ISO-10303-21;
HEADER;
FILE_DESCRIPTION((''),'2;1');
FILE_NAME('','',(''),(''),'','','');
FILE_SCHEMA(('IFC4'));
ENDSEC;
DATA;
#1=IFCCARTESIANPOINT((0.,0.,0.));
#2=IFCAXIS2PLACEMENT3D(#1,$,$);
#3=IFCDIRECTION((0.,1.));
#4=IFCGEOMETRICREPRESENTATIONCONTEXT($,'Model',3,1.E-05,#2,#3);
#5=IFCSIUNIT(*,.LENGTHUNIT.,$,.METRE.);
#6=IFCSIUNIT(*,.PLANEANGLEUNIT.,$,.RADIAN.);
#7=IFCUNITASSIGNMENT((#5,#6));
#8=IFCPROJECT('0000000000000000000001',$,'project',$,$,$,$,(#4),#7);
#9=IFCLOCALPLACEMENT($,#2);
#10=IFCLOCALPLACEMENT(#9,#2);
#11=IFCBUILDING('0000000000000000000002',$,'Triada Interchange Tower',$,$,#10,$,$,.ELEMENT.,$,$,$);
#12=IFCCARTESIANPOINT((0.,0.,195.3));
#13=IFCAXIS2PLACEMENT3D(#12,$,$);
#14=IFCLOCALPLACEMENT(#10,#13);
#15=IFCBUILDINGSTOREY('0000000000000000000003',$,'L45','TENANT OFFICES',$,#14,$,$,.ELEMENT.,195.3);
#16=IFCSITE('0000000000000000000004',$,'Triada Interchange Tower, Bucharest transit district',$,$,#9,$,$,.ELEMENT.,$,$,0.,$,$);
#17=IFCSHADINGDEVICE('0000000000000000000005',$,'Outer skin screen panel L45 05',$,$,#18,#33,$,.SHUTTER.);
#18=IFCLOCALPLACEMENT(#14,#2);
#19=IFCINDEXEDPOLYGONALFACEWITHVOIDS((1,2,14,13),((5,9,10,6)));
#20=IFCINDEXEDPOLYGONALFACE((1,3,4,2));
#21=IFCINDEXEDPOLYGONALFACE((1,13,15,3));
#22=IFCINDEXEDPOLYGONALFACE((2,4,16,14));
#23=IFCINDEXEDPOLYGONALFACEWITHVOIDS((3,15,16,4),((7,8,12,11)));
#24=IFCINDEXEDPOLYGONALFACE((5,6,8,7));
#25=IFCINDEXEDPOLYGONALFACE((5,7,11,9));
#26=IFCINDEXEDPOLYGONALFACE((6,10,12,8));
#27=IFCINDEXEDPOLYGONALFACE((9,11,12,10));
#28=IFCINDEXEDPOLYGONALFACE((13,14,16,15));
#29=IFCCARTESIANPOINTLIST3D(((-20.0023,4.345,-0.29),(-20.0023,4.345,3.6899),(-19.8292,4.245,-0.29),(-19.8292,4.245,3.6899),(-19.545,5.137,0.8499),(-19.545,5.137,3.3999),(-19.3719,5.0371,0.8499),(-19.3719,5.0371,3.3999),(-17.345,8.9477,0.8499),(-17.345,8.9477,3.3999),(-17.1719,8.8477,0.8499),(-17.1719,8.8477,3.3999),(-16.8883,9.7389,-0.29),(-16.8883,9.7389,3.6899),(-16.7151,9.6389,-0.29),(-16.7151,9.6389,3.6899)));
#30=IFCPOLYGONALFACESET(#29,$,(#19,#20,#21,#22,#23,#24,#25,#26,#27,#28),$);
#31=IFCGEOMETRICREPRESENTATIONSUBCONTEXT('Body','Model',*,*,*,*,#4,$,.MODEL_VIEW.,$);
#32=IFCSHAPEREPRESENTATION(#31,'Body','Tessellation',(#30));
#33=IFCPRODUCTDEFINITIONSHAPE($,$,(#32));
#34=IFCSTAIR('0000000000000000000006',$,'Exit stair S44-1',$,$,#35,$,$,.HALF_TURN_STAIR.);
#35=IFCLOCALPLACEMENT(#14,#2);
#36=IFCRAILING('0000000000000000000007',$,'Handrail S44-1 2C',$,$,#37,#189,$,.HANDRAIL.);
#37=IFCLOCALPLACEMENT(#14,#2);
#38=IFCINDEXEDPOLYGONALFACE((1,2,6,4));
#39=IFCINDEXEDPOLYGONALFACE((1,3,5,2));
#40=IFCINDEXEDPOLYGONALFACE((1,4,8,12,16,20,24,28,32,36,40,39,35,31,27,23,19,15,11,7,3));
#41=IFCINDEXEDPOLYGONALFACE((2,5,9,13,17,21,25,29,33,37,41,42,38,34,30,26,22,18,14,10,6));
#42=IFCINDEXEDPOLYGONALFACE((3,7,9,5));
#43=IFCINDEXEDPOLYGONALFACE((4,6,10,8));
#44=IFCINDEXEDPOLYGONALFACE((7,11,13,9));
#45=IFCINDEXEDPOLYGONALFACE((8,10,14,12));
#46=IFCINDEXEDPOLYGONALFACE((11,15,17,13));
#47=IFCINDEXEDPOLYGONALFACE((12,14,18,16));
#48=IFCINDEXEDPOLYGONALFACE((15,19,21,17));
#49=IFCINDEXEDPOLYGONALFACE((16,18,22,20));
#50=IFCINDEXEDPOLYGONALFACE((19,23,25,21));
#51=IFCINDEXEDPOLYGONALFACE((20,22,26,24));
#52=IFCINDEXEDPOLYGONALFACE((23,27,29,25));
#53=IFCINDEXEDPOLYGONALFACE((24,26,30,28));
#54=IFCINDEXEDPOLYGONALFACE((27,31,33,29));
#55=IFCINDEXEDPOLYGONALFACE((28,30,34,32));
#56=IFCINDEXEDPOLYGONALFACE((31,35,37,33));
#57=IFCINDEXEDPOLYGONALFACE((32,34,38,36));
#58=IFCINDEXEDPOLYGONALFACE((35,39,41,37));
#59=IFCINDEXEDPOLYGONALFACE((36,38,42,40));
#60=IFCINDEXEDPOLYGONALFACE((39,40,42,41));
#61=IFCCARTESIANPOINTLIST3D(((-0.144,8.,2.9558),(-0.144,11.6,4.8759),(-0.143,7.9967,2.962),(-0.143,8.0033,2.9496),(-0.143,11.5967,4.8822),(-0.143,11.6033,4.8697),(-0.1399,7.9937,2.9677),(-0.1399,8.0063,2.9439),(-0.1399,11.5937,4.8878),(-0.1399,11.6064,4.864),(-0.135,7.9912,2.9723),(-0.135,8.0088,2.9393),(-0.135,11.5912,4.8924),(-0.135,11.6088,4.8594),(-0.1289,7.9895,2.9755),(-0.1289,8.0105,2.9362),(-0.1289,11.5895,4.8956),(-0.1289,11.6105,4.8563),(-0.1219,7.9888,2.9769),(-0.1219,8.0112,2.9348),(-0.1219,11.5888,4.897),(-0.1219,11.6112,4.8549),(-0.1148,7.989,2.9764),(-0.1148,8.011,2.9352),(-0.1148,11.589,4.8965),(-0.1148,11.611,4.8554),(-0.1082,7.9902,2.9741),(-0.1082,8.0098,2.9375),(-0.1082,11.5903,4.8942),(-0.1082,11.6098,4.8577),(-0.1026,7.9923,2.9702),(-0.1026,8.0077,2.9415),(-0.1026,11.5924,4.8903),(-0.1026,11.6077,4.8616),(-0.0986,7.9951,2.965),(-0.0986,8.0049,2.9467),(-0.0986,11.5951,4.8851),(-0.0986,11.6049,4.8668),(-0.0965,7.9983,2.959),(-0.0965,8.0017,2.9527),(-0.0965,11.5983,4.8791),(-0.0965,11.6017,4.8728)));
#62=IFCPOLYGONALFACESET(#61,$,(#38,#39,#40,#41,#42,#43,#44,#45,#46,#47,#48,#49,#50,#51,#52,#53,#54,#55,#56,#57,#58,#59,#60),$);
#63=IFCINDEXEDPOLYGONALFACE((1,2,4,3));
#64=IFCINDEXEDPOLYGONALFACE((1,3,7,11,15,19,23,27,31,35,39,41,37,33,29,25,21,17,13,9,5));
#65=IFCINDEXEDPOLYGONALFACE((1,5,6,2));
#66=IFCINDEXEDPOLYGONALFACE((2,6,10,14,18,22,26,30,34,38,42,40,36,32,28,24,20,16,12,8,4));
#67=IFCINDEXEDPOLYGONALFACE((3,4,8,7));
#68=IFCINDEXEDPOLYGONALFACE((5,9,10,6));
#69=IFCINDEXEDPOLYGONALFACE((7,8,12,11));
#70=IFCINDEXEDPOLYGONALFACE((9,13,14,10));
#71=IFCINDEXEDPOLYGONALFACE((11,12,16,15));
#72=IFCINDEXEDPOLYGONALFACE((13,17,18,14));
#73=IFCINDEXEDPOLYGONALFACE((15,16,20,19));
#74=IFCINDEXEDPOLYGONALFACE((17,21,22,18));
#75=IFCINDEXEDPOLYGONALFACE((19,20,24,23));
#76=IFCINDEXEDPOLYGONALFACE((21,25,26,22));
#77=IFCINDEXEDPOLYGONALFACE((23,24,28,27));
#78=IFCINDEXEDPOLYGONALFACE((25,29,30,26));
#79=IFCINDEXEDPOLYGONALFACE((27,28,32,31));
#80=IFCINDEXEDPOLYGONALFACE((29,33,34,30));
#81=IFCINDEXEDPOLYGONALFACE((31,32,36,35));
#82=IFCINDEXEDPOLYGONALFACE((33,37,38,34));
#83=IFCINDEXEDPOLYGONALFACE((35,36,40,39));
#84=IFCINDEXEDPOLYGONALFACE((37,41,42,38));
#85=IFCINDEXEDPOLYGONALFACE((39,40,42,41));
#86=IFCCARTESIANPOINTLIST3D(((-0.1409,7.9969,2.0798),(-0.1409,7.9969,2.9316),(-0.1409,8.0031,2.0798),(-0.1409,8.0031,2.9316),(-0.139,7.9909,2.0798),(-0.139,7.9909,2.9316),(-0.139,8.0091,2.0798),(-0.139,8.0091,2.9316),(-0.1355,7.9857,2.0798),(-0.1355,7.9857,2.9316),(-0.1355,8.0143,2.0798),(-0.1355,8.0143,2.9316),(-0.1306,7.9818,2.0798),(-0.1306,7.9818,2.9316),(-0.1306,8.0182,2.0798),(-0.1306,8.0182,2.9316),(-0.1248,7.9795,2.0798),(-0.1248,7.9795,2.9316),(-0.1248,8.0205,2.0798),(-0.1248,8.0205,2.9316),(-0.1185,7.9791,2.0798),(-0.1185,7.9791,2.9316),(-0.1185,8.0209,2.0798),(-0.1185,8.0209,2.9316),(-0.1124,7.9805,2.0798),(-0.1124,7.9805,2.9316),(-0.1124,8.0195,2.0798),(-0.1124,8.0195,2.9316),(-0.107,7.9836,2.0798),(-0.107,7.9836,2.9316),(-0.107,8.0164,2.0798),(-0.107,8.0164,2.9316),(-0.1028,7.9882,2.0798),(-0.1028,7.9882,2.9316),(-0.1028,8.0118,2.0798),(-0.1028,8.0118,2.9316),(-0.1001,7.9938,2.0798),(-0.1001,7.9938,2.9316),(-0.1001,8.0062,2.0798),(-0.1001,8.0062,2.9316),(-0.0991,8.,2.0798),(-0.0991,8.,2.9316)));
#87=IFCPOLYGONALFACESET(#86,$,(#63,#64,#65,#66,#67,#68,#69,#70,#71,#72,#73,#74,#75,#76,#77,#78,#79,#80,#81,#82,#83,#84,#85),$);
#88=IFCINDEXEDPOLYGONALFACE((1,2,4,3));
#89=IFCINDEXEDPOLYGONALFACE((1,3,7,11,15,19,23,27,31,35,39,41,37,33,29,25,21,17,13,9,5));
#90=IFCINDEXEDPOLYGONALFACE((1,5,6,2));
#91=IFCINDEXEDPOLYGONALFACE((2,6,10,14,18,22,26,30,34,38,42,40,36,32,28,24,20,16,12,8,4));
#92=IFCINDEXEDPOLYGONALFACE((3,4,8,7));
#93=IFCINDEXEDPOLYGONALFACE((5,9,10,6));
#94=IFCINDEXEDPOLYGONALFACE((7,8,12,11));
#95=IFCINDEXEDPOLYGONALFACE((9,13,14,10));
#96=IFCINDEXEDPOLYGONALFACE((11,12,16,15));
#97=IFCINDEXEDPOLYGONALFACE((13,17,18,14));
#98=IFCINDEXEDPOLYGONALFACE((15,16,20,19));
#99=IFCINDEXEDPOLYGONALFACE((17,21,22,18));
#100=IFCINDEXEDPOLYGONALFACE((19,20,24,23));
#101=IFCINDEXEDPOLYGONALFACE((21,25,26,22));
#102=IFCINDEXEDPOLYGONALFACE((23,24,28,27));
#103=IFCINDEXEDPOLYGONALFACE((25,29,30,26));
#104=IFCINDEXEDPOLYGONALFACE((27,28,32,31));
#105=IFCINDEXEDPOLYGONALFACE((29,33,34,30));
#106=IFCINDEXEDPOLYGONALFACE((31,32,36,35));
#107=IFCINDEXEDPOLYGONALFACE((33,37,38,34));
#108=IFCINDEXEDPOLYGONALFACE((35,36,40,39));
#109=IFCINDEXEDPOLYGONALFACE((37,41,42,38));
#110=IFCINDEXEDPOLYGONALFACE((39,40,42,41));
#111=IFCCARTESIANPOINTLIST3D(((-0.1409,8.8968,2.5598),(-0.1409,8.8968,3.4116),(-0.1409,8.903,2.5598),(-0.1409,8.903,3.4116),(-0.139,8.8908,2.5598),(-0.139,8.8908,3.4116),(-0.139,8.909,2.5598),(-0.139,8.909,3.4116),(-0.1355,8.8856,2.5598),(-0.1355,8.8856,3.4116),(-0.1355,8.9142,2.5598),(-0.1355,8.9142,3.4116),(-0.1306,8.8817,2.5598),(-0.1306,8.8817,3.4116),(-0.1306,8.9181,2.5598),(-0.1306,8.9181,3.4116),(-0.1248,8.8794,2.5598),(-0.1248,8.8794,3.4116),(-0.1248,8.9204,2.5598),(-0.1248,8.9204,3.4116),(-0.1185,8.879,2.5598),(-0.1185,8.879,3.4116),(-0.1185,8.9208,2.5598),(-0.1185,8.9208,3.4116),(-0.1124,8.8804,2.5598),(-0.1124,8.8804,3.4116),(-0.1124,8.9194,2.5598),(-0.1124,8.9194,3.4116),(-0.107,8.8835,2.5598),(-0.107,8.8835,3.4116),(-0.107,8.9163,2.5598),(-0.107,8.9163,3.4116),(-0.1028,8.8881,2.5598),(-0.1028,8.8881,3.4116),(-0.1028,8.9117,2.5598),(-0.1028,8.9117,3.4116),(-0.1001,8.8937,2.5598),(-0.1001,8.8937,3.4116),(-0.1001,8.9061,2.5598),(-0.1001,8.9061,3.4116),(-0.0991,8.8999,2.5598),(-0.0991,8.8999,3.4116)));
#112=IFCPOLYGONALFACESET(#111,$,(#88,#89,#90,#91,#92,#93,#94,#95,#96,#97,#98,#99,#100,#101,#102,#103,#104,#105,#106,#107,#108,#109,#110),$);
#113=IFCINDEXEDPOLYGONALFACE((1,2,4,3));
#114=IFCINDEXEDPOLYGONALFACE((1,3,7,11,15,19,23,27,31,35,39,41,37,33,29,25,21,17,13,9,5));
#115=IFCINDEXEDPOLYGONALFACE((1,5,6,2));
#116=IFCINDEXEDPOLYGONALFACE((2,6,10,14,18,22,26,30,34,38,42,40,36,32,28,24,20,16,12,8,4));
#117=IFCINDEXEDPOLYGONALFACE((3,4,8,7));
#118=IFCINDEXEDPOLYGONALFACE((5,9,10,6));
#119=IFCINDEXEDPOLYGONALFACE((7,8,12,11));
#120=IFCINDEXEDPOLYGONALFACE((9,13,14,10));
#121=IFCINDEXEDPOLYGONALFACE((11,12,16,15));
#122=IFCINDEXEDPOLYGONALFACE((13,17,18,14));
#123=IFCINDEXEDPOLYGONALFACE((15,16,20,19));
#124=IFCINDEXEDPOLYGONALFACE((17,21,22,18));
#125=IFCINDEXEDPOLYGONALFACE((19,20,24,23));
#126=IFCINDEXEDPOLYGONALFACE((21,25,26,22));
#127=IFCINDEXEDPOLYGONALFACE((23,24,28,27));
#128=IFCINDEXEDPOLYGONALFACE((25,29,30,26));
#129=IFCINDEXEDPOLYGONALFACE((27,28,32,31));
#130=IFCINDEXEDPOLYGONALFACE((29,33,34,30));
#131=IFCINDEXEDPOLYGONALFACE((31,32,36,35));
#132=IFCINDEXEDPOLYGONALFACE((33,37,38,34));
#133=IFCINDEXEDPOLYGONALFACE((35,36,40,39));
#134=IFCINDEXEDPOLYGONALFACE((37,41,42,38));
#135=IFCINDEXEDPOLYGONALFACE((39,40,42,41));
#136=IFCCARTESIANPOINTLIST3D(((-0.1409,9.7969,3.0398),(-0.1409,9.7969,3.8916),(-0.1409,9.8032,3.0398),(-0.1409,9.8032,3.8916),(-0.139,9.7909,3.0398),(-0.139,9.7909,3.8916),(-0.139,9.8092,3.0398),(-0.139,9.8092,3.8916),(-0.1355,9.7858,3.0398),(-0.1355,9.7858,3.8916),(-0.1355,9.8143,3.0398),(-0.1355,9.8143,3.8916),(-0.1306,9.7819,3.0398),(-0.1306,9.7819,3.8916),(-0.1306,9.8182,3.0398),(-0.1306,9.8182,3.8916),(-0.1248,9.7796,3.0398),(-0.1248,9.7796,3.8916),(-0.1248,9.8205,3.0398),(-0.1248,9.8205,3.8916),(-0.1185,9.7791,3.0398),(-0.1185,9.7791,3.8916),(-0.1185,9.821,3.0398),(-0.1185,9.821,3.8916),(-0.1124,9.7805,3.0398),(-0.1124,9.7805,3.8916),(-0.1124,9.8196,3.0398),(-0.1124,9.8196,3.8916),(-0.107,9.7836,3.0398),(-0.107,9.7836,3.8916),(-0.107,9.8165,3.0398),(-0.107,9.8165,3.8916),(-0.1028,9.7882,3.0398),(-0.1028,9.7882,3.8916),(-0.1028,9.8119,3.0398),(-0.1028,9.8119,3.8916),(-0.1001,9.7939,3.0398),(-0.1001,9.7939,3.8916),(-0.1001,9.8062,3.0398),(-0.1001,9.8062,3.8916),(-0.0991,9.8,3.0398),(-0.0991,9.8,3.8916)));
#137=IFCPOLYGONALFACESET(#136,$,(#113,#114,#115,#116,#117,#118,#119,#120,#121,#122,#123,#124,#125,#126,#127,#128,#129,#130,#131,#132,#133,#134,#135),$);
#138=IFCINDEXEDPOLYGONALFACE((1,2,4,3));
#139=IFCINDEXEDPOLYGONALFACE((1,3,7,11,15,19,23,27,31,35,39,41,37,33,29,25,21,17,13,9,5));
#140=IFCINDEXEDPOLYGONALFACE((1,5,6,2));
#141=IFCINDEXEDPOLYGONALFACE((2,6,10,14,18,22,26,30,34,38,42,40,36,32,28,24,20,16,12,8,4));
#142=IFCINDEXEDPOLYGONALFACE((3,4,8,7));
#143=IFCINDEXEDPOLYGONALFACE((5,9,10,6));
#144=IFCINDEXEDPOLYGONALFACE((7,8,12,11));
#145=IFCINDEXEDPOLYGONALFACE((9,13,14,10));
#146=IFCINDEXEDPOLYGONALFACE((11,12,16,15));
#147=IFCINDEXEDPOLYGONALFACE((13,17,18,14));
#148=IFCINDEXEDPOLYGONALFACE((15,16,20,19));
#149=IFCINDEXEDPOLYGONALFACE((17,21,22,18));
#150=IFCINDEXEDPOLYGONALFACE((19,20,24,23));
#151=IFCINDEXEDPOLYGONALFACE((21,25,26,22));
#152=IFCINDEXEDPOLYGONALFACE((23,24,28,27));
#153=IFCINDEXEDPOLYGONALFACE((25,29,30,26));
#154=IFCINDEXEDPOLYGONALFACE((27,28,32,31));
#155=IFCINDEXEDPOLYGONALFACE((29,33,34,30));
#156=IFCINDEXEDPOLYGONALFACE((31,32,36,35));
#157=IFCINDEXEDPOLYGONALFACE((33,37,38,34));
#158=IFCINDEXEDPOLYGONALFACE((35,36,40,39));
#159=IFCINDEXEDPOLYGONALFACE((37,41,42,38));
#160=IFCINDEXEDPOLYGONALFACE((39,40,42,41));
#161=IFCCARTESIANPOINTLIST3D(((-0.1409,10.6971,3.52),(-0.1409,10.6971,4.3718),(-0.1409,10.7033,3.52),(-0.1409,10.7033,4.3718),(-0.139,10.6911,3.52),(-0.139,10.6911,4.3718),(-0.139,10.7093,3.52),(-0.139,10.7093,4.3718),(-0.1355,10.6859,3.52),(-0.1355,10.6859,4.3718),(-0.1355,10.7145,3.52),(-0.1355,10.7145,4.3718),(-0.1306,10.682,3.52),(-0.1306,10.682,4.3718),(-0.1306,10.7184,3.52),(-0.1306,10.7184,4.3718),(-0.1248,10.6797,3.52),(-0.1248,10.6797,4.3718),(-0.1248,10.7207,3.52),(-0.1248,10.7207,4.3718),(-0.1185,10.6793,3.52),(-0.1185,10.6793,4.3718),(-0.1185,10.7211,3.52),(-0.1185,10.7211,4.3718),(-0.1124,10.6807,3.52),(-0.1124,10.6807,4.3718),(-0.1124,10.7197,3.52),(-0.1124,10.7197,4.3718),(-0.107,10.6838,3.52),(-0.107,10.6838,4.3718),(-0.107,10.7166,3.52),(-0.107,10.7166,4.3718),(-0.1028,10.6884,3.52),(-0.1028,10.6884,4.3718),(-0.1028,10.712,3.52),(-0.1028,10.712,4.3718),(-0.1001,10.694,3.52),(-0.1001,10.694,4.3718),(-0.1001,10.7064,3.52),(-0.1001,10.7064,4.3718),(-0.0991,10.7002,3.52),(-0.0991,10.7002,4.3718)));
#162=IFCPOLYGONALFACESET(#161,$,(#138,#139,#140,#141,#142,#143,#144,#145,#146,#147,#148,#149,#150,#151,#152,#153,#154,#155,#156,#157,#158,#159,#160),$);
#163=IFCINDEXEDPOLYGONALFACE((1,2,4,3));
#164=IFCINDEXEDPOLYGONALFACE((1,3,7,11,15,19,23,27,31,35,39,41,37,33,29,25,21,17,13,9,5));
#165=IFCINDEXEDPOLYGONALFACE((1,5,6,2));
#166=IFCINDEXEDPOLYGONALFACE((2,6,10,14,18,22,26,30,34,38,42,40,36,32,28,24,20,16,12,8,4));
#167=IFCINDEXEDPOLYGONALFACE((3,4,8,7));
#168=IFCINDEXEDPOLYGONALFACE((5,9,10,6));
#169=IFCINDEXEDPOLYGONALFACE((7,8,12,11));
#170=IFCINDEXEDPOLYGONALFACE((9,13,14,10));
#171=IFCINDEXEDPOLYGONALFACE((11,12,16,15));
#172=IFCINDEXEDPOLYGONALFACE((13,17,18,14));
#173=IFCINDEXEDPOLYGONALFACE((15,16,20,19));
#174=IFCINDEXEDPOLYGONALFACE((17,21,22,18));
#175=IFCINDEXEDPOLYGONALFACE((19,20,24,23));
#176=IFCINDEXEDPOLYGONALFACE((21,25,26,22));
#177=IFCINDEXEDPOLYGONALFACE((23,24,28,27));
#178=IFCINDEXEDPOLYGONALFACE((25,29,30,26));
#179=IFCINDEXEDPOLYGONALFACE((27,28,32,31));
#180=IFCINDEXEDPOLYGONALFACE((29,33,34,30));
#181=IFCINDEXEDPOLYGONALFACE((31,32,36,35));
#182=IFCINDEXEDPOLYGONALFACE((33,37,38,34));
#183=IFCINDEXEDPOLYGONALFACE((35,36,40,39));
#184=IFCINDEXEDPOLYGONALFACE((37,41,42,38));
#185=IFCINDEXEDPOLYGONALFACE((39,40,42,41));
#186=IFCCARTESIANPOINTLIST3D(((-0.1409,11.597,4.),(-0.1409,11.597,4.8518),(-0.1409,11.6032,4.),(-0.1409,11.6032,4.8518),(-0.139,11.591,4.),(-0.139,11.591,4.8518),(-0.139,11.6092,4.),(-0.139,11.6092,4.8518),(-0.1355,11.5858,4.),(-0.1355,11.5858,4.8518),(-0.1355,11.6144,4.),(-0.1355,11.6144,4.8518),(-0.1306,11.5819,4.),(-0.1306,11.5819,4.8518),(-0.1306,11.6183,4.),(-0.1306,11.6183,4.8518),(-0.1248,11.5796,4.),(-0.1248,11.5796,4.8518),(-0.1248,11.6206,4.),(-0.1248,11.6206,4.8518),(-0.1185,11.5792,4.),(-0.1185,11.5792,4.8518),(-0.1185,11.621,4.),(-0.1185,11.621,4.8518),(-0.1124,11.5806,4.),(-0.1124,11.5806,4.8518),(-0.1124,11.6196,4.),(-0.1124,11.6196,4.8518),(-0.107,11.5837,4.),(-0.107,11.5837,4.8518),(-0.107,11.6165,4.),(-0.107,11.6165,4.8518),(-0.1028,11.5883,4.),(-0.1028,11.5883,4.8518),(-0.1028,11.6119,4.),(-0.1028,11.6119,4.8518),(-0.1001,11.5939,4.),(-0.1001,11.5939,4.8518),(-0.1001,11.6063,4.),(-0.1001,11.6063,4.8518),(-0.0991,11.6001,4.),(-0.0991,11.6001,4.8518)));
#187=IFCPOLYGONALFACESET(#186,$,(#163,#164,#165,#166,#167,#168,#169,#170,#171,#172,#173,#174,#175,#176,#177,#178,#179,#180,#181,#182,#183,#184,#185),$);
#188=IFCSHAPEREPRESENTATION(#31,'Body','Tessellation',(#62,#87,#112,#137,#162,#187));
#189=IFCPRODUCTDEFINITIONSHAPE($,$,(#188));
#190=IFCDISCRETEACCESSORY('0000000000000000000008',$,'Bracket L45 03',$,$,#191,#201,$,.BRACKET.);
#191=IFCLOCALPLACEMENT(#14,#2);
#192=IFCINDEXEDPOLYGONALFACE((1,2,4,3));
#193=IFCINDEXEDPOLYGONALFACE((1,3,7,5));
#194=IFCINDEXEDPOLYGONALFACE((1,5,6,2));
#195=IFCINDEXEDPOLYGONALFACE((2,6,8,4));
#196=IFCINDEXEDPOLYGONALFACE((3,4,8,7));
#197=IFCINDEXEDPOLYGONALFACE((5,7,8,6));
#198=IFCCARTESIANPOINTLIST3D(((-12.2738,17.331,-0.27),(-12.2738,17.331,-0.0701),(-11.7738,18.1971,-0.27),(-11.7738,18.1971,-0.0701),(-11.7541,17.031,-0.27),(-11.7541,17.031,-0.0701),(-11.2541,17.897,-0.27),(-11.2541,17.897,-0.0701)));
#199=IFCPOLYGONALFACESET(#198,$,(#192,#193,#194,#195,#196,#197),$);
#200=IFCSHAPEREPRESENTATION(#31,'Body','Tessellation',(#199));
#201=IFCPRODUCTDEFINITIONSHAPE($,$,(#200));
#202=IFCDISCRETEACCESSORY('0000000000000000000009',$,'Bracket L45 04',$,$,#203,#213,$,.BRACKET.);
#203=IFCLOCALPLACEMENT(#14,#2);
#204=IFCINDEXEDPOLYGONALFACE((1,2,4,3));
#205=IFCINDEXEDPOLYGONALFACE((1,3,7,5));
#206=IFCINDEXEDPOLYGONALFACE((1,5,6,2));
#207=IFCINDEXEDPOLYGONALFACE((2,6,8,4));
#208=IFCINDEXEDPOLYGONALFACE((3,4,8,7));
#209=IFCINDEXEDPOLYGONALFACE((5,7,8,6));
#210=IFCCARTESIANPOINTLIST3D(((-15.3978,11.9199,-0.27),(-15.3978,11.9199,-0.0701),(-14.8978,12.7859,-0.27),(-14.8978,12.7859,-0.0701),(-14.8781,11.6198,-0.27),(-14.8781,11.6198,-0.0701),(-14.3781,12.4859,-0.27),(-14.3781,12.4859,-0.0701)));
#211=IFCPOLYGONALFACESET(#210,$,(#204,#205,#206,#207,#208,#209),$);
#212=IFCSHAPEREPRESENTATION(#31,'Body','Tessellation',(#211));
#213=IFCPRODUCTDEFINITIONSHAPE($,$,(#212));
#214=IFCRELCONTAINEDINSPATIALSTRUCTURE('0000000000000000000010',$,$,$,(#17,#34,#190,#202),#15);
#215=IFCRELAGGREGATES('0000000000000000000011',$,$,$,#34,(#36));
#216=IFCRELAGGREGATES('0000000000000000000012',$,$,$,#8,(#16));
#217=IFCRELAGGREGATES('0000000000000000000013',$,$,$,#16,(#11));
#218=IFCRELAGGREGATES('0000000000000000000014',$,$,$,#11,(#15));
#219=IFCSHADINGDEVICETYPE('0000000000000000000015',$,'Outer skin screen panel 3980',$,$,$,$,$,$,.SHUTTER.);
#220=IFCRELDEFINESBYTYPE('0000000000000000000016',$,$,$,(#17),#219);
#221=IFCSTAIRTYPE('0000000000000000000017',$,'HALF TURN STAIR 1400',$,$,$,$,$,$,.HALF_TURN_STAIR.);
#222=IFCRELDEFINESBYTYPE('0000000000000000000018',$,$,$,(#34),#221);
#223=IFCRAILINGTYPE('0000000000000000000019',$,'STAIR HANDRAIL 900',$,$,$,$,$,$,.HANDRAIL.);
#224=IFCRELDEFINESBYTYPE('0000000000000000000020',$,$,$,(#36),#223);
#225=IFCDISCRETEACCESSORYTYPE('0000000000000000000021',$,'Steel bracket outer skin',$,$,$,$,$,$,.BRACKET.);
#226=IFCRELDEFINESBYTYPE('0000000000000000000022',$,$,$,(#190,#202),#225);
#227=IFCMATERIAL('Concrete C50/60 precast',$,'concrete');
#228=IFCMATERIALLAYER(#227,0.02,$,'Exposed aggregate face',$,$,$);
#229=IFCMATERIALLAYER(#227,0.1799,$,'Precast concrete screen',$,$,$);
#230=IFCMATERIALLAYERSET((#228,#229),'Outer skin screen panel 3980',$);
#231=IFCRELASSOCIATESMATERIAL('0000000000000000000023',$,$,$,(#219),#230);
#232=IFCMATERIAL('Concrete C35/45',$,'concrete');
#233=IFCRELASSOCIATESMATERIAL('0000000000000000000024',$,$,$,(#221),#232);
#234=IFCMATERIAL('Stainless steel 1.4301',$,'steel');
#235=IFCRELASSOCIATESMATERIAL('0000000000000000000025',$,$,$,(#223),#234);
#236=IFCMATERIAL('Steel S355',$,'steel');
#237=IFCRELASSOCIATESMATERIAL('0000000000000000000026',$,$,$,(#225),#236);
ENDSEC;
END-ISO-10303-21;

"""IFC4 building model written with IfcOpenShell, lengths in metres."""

from ifc_helpers import new_model, si_unit, direction, frame, origin, origin_2d, place, context, subcontext, project, spatial, polyline, rectangle, circle, outline, extrude, material, layer, layer_set, type_object, element, aggregate, save


model = new_model("IFC4")

# Units and contexts
model_context = context("Model", 3, precision=1e-05, world=origin(), true_north=direction((0.0, 1.0)))
body_context = subcontext(model_context, "Body", "Model", "MODEL_VIEW")
ifc_project = project(units=[si_unit("LENGTHUNIT", "METRE"), si_unit("PLANEANGLEUNIT", "RADIAN")], contexts=[model_context])

# Site, building, storey
site_placement = place(None, origin())
site = spatial("IfcSite", under=ifc_project, at=site_placement, Name="Triada Interchange Tower, Bucharest transit district", CompositionType="ELEMENT", RefElevation=0.0)
building_placement = place(site_placement, origin())
building = spatial("IfcBuilding", under=site, at=building_placement, Name="Triada Interchange Tower", CompositionType="ELEMENT")
storey_placement = place(building_placement, frame((0.0, 0.0, 195.3)))
storey = spatial("IfcBuildingStorey", under=building, at=storey_placement, Name="L45", Description="TENANT OFFICES", CompositionType="ELEMENT", Elevation=195.3)

# Shading device
ifc_material_1 = material(Name="Concrete C50/60 precast", Category="concrete")
ifc_layer_1 = layer(ifc_material_1, 0.02, Name="Exposed aggregate face")
ifc_layer_2 = layer(ifc_material_1, 0.1799, Name="Precast concrete screen")
ifc_layer_set_1 = layer_set([ifc_layer_1, ifc_layer_2], Name="Outer skin screen panel 3980")
shading_device_type = type_object("IfcShadingDeviceType", Name="Outer skin screen panel 3980", PredefinedType="SHUTTER", material=ifc_layer_set_1)
shading_device_1_placement = place(storey_placement, frame((-16.7151, 9.6389, -0.29), z_axis=(0.0, 0.0, 1.0), x_axis=(-0.499988, -0.866032, 0.0)))
element("IfcShadingDevice", 1, at=shading_device_1_placement, inside=storey, type_object=shading_device_type, Name="Outer skin screen panel L45 05", PredefinedType="SHUTTER", context=body_context, shape_type="SweptSolid", body=[
    extrude(outline(polyline([(0.0, 0.0), (6.2283, 0.0), (6.2283, 3.98), (0.0, 3.98), (0.0, 0.0)]), holes=[polyline([(0.9136, 1.1399), (0.9136, 3.6899), (5.3137, 3.6899), (5.3137, 1.1399), (0.9136, 1.1399)])]), frame((0.0, 0.0, 0.0), z_axis=(0.0, -1.0, 0.0), x_axis=(1.0, 0.0, 0.0)), (0.0, 0.0, 1.0), 0.2),
])

# Stair, railing
ifc_material_2 = material(Name="Concrete C35/45", Category="concrete")
stair_type = type_object("IfcStairType", Name="HALF TURN STAIR 1400", PredefinedType="HALF_TURN_STAIR", material=ifc_material_2)
stair_placement = place(storey_placement, origin())
stair = element("IfcStair", 2, at=stair_placement, inside=storey, type_object=stair_type, Name="Exit stair S44-1", PredefinedType="HALF_TURN_STAIR")
ifc_material_3 = material(Name="Stainless steel 1.4301", Category="steel")
railing_type = type_object("IfcRailingType", Name="STAIR HANDRAIL 900", PredefinedType="HANDRAIL", material=ifc_material_3)
railing_placement = place(storey_placement, frame((-0.1201, 8.0, 2.0798)))
railing = element("IfcRailing", 3, at=railing_placement, type_object=railing_type, Name="Handrail S44-1 2C", PredefinedType="HANDRAIL", context=body_context, shape_type="SweptSolid", body=[
    extrude(circle(Radius=0.0239, at=origin_2d()), frame((0.0, 0.0, 0.876), z_axis=(0.0, 0.882341, 0.47061), x_axis=(-1.0, 0.0, 0.0)), (0.0, 0.0, 1.0), 4.0801),
    extrude(circle(Radius=0.021, at=origin_2d()), origin(), (0.0, 0.0, 1.0), 0.8518),
    extrude(circle(Radius=0.021, at=origin_2d()), frame((0.0, 0.8999, 0.48)), (0.0, 0.0, 1.0), 0.8518),
    extrude(circle(Radius=0.021, at=origin_2d()), frame((0.0, 1.8, 0.96)), (0.0, 0.0, 1.0), 0.8518),
    extrude(circle(Radius=0.021, at=origin_2d()), frame((0.0, 2.7002, 1.4402)), (0.0, 0.0, 1.0), 0.8518),
    extrude(circle(Radius=0.021, at=origin_2d()), frame((0.0, 3.6001, 1.9202)), (0.0, 0.0, 1.0), 0.8518),
])
aggregate(stair, [railing])

# Discrete accessories
ifc_material_4 = material(Name="Steel S355", Category="steel")
discrete_accessory_type = type_object("IfcDiscreteAccessoryType", Name="Steel bracket outer skin", PredefinedType="BRACKET", material=ifc_material_4)
for number, where, z_axis, x_axis, name in (
    (4, (-11.7639, 17.614, -0.27), (0.0, 0.0, 1.0), (-0.866023, 0.500003, 0.0), "Bracket L45 03"),
    (5, (-14.8879, 12.2029, -0.27), (0.0, 0.0, 1.0), (-0.866023, 0.500003, 0.0), "Bracket L45 04"),
):
    element("IfcDiscreteAccessory", number, at=place(storey_placement, frame(where, z_axis=z_axis, x_axis=x_axis)), inside=storey, type_object=discrete_accessory_type, Name=name, PredefinedType="BRACKET", context=body_context, shape_type="SweptSolid", body=[
        extrude(rectangle(XDim=0.6001, YDim=1.0, at=origin_2d()), origin(), (0.0, 0.0, 1.0), 0.2),
    ])

save(model, "model.ifc")
